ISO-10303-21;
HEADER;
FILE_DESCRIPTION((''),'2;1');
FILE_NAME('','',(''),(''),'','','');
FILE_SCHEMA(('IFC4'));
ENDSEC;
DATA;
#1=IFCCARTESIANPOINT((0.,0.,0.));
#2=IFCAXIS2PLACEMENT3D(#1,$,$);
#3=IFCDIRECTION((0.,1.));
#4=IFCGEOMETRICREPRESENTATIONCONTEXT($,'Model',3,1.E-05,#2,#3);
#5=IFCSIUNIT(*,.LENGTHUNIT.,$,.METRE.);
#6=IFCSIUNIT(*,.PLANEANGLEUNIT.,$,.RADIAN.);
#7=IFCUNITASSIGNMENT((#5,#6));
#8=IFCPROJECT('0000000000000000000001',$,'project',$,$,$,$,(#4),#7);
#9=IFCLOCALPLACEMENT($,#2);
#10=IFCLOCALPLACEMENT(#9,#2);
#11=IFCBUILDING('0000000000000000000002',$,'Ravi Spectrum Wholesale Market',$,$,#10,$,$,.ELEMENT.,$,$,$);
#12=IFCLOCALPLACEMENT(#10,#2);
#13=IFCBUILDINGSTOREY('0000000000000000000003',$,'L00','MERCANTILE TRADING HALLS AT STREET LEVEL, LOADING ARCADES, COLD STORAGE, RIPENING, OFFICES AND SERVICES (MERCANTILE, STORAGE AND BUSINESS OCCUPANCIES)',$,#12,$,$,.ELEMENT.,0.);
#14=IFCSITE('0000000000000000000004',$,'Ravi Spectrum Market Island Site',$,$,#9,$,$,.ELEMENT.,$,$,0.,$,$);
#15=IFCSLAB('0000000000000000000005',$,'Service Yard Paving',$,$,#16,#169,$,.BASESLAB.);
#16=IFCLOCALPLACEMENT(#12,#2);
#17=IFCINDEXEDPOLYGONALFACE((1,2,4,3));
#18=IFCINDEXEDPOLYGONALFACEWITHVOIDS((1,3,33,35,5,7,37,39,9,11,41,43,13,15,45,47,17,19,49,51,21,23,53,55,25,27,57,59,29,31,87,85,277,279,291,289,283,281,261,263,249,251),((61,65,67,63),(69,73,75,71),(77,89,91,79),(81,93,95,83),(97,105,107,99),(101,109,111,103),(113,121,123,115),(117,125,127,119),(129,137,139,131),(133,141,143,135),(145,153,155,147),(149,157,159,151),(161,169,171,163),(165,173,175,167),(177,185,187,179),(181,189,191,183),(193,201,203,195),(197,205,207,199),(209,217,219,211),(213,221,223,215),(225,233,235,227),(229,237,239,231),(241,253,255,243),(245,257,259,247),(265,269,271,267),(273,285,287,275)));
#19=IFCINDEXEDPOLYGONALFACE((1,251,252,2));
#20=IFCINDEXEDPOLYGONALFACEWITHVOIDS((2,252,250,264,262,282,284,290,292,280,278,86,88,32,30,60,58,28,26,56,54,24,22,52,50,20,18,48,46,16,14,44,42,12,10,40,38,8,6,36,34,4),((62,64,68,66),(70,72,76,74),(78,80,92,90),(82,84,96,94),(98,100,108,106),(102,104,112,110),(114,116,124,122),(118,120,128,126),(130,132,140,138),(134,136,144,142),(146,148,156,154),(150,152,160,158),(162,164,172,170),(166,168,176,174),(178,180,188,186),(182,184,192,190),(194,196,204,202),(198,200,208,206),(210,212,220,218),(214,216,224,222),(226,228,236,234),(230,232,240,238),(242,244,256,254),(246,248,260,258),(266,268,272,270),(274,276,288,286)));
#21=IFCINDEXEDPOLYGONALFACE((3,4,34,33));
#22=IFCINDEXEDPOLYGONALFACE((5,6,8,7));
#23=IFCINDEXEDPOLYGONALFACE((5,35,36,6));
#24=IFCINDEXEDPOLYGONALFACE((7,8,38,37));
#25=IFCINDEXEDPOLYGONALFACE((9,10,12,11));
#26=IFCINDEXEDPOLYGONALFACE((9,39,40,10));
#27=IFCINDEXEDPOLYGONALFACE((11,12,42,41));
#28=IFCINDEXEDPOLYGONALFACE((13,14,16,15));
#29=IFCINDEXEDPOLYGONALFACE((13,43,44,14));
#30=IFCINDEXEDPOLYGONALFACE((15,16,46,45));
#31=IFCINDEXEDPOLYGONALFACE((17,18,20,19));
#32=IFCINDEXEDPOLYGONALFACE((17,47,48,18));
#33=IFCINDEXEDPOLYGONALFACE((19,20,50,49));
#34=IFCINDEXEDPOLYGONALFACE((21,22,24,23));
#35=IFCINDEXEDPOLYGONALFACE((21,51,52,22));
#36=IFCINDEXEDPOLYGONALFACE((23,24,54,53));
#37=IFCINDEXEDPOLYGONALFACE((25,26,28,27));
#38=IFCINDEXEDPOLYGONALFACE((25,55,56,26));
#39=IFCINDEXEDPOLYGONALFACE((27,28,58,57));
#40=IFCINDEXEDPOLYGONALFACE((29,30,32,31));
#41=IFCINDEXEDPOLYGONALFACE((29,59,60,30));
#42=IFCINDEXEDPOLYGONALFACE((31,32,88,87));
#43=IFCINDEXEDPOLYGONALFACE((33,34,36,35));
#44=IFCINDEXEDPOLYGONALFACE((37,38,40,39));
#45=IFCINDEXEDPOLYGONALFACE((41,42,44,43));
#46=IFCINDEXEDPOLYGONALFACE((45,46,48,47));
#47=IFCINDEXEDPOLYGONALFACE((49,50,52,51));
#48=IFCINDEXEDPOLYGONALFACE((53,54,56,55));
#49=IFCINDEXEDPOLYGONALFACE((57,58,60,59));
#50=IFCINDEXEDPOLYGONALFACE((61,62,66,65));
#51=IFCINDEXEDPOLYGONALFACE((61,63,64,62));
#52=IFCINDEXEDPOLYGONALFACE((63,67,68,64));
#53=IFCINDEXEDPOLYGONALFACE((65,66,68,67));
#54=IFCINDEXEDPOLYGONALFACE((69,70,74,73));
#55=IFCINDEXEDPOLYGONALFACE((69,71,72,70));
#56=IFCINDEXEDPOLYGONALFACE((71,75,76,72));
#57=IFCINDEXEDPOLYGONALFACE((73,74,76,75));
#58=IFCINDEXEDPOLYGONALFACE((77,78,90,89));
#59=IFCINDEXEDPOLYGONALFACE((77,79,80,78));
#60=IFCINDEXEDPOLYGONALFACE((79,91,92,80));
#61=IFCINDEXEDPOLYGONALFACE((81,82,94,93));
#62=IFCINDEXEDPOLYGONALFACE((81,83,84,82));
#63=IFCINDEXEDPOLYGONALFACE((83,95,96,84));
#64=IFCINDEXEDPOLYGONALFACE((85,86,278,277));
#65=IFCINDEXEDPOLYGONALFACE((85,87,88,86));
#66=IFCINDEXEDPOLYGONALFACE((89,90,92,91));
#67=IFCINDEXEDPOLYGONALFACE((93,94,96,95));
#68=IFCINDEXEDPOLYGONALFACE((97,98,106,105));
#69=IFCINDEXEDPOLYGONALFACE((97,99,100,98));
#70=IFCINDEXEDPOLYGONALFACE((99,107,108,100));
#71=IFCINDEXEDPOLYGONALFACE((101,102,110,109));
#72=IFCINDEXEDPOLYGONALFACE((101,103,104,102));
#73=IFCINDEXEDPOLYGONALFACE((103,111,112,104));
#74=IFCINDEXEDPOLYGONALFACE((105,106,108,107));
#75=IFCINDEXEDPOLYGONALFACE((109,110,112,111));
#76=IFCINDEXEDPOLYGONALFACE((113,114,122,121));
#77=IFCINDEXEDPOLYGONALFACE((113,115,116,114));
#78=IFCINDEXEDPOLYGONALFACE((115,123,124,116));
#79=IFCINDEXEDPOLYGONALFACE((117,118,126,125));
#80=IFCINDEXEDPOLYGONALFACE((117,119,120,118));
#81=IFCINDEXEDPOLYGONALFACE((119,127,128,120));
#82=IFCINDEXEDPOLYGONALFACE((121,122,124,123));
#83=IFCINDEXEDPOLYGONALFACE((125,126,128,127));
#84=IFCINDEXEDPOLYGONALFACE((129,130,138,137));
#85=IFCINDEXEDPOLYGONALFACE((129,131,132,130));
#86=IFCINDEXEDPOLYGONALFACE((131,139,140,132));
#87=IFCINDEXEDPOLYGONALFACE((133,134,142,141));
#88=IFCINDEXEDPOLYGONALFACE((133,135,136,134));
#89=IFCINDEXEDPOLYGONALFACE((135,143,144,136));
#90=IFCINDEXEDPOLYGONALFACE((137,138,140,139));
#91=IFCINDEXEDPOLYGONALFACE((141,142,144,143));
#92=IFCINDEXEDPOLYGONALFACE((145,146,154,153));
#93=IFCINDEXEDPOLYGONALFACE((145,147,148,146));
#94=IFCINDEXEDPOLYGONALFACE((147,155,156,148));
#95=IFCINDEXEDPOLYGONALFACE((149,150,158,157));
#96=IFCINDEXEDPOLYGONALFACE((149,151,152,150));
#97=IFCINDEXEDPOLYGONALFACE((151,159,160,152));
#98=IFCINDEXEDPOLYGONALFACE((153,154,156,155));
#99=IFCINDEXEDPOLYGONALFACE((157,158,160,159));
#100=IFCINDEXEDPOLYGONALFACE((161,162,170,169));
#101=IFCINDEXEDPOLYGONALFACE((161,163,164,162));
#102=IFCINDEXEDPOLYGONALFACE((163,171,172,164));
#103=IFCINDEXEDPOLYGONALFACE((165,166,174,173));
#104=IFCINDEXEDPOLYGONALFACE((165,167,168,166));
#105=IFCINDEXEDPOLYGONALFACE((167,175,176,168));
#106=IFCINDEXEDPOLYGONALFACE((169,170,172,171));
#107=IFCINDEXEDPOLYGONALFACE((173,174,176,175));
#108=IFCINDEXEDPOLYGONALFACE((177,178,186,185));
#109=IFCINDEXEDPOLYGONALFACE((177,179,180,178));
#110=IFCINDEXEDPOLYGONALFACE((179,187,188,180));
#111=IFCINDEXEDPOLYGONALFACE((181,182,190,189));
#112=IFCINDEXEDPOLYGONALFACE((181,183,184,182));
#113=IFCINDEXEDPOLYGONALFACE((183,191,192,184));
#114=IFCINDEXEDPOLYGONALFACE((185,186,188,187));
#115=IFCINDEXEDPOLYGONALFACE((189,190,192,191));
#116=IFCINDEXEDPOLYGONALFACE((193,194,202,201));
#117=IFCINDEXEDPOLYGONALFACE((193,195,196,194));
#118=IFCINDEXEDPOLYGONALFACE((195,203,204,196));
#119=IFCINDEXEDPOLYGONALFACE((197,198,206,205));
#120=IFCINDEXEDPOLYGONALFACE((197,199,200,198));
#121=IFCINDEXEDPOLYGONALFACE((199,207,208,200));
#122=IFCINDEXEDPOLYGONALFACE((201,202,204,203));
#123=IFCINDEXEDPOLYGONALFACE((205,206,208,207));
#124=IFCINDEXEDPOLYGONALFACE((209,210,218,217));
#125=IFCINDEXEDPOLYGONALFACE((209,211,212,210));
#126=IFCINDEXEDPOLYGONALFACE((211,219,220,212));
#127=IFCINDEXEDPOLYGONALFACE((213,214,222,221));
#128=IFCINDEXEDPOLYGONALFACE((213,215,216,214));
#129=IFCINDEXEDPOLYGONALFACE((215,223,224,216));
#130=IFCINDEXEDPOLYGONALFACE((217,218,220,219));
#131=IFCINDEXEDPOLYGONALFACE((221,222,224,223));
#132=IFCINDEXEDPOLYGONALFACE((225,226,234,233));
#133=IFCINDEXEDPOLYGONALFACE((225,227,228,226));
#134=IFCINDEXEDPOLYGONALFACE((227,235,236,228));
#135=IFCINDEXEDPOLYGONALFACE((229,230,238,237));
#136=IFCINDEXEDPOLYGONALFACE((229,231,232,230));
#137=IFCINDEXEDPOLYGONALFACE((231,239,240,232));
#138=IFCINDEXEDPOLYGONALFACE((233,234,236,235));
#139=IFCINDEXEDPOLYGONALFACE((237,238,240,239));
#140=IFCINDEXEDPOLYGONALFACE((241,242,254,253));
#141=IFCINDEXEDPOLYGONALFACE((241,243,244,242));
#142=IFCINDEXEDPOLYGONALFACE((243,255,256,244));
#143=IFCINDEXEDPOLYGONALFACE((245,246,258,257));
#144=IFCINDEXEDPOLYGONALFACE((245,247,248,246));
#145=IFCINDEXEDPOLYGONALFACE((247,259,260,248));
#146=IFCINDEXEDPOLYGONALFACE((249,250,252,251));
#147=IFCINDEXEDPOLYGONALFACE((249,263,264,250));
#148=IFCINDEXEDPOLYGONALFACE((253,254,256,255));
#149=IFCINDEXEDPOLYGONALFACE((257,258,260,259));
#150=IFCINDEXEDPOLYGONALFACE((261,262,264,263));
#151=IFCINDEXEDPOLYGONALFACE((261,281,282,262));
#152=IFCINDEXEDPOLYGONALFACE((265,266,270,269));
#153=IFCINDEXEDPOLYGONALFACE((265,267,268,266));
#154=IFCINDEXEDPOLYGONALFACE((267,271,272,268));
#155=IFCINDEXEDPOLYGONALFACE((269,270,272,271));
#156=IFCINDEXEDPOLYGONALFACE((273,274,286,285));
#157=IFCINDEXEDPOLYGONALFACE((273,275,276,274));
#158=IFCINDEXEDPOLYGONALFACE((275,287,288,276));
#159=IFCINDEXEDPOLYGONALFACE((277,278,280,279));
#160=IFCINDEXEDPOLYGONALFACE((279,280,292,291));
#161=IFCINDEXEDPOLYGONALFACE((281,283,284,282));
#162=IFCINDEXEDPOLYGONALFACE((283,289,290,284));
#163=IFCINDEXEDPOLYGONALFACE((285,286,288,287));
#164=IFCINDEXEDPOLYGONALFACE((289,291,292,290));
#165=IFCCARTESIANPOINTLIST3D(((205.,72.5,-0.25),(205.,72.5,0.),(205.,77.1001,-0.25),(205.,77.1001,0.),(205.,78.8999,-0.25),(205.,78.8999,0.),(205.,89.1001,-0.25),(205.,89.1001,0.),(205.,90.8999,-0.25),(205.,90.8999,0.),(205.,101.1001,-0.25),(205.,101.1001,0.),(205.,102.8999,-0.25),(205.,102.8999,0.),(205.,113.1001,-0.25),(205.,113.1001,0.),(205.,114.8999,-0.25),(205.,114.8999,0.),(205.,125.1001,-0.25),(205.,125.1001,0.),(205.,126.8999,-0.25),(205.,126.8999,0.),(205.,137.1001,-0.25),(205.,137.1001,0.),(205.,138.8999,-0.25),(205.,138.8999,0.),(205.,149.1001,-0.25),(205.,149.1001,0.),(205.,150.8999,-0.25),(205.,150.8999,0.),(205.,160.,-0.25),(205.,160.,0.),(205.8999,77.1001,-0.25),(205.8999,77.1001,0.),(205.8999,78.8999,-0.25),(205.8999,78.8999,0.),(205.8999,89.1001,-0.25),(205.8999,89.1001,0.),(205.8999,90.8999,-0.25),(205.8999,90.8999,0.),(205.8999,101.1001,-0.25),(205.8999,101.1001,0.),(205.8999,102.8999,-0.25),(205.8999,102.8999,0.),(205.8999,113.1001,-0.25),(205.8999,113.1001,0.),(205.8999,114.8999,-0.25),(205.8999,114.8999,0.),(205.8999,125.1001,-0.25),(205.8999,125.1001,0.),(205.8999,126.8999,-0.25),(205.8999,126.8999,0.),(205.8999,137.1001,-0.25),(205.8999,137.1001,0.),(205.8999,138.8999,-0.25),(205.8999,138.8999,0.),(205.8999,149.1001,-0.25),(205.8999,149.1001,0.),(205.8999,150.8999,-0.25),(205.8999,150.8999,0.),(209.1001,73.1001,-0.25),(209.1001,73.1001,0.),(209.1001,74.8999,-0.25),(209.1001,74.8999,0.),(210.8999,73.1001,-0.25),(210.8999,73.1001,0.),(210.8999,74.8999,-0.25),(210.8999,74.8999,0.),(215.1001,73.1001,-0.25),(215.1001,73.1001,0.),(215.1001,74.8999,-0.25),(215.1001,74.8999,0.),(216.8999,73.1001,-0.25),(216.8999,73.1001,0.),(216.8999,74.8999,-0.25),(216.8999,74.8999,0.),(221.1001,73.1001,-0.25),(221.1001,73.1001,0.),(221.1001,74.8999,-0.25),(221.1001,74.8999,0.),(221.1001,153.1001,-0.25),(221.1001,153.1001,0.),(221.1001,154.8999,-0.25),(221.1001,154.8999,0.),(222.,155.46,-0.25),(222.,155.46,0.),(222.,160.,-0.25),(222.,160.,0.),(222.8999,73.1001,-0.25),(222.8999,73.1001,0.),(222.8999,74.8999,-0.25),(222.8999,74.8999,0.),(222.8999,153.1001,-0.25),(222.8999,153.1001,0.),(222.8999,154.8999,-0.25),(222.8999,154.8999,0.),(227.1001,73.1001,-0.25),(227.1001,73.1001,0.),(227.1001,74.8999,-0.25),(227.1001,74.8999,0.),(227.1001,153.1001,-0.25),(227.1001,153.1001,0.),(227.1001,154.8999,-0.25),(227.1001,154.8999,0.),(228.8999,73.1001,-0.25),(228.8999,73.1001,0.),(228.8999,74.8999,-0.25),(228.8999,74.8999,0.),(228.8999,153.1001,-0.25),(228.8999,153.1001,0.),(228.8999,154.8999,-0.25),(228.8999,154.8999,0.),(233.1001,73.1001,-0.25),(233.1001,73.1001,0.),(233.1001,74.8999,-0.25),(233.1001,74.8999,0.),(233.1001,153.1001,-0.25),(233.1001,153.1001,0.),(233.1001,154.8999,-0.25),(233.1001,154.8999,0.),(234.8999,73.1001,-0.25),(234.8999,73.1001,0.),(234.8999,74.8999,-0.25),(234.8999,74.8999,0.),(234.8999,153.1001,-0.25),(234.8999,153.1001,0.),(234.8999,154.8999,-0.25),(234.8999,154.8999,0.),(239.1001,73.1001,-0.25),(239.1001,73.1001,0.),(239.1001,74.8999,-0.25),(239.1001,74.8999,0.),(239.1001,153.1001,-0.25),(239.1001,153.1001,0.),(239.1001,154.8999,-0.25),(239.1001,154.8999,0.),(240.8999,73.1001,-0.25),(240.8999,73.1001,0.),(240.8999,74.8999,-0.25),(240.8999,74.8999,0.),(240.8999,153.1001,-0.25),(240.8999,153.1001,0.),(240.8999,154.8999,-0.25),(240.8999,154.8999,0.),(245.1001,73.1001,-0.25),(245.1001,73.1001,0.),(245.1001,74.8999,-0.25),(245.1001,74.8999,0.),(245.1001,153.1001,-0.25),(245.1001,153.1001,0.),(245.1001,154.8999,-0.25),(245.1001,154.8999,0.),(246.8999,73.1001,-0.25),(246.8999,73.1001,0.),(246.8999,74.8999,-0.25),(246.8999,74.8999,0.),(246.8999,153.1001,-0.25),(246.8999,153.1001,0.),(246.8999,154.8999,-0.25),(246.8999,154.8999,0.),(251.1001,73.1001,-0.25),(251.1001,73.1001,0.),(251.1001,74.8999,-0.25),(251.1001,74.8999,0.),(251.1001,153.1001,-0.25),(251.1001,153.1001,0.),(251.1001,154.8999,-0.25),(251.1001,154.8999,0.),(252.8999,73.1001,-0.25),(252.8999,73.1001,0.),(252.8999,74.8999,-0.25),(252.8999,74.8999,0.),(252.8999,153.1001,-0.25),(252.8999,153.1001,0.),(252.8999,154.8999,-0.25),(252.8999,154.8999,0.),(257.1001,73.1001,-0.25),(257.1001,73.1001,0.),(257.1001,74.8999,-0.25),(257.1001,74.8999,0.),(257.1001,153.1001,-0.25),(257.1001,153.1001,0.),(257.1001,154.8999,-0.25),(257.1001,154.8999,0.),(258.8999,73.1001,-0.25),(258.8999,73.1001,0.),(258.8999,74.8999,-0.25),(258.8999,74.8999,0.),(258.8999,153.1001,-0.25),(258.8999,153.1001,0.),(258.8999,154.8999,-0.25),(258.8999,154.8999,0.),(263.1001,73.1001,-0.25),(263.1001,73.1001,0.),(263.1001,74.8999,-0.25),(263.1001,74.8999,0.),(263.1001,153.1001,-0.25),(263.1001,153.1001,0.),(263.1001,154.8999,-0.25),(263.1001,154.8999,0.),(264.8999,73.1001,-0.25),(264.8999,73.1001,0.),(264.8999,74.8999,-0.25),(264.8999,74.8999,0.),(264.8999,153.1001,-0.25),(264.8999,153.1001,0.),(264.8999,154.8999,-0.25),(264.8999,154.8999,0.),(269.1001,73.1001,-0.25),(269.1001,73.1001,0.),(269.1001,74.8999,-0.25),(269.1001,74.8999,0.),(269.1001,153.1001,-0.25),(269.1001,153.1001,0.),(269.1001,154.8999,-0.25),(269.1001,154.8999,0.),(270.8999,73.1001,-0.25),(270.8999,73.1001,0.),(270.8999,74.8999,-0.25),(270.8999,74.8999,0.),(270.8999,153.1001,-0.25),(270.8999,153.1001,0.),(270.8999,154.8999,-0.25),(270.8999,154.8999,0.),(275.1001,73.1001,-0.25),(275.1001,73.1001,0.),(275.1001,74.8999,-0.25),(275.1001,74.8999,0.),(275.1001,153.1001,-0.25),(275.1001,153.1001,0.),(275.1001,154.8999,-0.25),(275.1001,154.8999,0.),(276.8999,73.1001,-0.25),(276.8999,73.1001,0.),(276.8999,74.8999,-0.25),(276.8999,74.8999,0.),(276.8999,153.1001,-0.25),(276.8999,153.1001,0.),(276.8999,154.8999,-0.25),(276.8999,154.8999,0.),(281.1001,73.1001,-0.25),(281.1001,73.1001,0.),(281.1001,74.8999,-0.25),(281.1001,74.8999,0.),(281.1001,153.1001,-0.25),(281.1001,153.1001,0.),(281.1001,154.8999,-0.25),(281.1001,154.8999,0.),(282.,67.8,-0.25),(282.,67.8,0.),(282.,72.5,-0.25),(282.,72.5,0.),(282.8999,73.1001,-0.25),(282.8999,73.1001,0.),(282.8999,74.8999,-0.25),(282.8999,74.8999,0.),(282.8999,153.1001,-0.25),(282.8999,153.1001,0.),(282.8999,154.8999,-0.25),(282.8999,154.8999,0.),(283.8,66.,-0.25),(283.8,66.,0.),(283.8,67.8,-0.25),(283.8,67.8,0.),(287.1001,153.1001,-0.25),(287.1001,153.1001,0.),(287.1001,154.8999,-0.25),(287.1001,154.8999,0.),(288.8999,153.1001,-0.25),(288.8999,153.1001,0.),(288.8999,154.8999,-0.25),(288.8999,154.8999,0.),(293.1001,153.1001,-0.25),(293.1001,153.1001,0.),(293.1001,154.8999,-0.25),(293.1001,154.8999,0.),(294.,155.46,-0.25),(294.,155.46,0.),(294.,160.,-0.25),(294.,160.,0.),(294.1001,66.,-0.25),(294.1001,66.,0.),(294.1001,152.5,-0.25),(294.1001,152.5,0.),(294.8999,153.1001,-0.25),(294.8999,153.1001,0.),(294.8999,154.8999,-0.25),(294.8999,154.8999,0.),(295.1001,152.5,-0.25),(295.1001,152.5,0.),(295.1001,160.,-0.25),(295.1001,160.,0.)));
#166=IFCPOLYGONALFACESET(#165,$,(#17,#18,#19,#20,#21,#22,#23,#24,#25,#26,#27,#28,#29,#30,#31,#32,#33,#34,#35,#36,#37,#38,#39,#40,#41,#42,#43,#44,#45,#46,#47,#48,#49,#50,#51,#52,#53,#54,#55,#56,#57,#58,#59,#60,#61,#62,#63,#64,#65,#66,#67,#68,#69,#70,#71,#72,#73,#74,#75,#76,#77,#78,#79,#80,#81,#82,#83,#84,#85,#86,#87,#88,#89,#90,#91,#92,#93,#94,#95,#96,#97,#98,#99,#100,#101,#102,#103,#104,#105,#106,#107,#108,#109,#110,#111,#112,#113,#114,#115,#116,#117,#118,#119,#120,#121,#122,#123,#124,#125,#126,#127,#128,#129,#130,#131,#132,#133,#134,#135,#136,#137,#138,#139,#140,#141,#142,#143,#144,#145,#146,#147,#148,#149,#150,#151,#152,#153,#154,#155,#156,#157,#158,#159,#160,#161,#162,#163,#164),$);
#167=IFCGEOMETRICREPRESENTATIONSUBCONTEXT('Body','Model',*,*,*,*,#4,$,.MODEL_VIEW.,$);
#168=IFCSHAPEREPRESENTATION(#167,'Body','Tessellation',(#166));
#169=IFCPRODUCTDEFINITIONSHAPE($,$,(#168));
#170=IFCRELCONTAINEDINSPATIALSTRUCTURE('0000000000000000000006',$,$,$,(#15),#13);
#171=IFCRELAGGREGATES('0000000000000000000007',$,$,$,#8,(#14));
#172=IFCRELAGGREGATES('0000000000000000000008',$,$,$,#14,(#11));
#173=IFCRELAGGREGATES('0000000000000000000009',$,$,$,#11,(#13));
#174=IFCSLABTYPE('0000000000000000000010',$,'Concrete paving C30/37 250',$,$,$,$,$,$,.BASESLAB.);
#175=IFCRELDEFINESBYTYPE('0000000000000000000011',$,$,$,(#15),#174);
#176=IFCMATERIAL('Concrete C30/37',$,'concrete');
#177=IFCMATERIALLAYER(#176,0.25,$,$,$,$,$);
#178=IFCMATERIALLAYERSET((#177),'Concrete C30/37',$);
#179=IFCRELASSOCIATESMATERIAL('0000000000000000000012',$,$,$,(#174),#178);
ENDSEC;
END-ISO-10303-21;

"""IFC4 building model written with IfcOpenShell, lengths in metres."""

from ifc_helpers import new_model, si_unit, direction, frame, origin, place, context, subcontext, project, spatial, polyline, outline, extrude, material, layer, layer_set, type_object, element, save


model = new_model("IFC4")

# Units and contexts
model_context = context("Model", 3, precision=1e-05, world=origin(), true_north=direction((0.0, 1.0)))
body_context = subcontext(model_context, "Body", "Model", "MODEL_VIEW")
ifc_project = project(units=[si_unit("LENGTHUNIT", "METRE"), si_unit("PLANEANGLEUNIT", "RADIAN")], contexts=[model_context])

# Site, building, storey
site_placement = place(None, origin())
site = spatial("IfcSite", under=ifc_project, at=site_placement, Name="Ravi Spectrum Market Island Site", CompositionType="ELEMENT", RefElevation=0.0)
building_placement = place(site_placement, origin())
building = spatial("IfcBuilding", under=site, at=building_placement, Name="Ravi Spectrum Wholesale Market", CompositionType="ELEMENT")
storey_placement = place(building_placement, origin())
storey = spatial("IfcBuildingStorey", under=building, at=storey_placement, Name="L00", Description="MERCANTILE TRADING HALLS AT STREET LEVEL, LOADING ARCADES, COLD STORAGE, RIPENING, OFFICES AND SERVICES (MERCANTILE, STORAGE AND BUSINESS OCCUPANCIES)", CompositionType="ELEMENT", Elevation=0.0)

# Slab
ifc_material_1 = material(Name="Concrete C30/37", Category="concrete")
ifc_layer_1 = layer(ifc_material_1, 0.25)
ifc_layer_set_1 = layer_set([ifc_layer_1], Name="Concrete C30/37")
slab_type_1 = type_object("IfcSlabType", Name="Concrete paving C30/37 250", PredefinedType="BASESLAB", material=ifc_layer_set_1)
slab_1_placement = place(storey_placement, frame((0.0, 0.0, -0.25)))
element("IfcSlab", 1, at=slab_1_placement, inside=storey, type_object=slab_type_1, Name="Service Yard Paving", PredefinedType="BASESLAB", context=body_context, shape_type="SweptSolid", body=[
    extrude(outline(polyline([(205.8999, 77.1001), (205.0, 77.1001), (205.0, 72.5), (282.0, 72.5), (282.0, 67.8), (283.8, 67.8), (283.8, 66.0), (294.1001, 66.0), (294.1001, 152.5), (295.1001, 152.5), (295.1001, 160.0), (294.0, 160.0), (294.0, 155.46), (222.0, 155.46), (222.0, 160.0), (205.0, 160.0), (205.0, 150.8999), (205.8999, 150.8999), (205.8999, 149.1001), (205.0, 149.1001), (205.0, 138.8999), (205.8999, 138.8999), (205.8999, 137.1001), (205.0, 137.1001), (205.0, 126.8999), (205.8999, 126.8999), (205.8999, 125.1001), (205.0, 125.1001), (205.0, 114.8999), (205.8999, 114.8999), (205.8999, 113.1001), (205.0, 113.1001), (205.0, 102.8999), (205.8999, 102.8999), (205.8999, 101.1001), (205.0, 101.1001), (205.0, 90.8999), (205.8999, 90.8999), (205.8999, 89.1001), (205.0, 89.1001), (205.0, 78.8999), (205.8999, 78.8999), (205.8999, 77.1001)]), holes=[polyline([(294.8999, 153.1001), (293.1001, 153.1001), (293.1001, 154.8999), (294.8999, 154.8999), (294.8999, 153.1001)]), polyline([(287.1001, 153.1001), (287.1001, 154.8999), (288.8999, 154.8999), (288.8999, 153.1001), (287.1001, 153.1001)]), polyline([(282.8999, 153.1001), (281.1001, 153.1001), (281.1001, 154.8999), (282.8999, 154.8999), (282.8999, 153.1001)]), polyline([(281.1001, 73.1001), (281.1001, 74.8999), (282.8999, 74.8999), (282.8999, 73.1001), (281.1001, 73.1001)]), polyline([(275.1001, 153.1001), (275.1001, 154.8999), (276.8999, 154.8999), (276.8999, 153.1001), (275.1001, 153.1001)]), polyline([(275.1001, 73.1001), (275.1001, 74.8999), (276.8999, 74.8999), (276.8999, 73.1001), (275.1001, 73.1001)]), polyline([(269.1001, 153.1001), (269.1001, 154.8999), (270.8999, 154.8999), (270.8999, 153.1001), (269.1001, 153.1001)]), polyline([(270.8999, 73.1001), (269.1001, 73.1001), (269.1001, 74.8999), (270.8999, 74.8999), (270.8999, 73.1001)]), polyline([(263.1001, 153.1001), (263.1001, 154.8999), (264.8999, 154.8999), (264.8999, 153.1001), (263.1001, 153.1001)]), polyline([(263.1001, 73.1001), (263.1001, 74.8999), (264.8999, 74.8999), (264.8999, 73.1001), (263.1001, 73.1001)]), polyline([(257.1001, 153.1001), (257.1001, 154.8999), (258.8999, 154.8999), (258.8999, 153.1001), (257.1001, 153.1001)]), polyline([(257.1001, 73.1001), (257.1001, 74.8999), (258.8999, 74.8999), (258.8999, 73.1001), (257.1001, 73.1001)]), polyline([(251.1001, 73.1001), (251.1001, 74.8999), (252.8999, 74.8999), (252.8999, 73.1001), (251.1001, 73.1001)]), polyline([(252.8999, 153.1001), (251.1001, 153.1001), (251.1001, 154.8999), (252.8999, 154.8999), (252.8999, 153.1001)]), polyline([(245.1001, 153.1001), (245.1001, 154.8999), (246.8999, 154.8999), (246.8999, 153.1001), (245.1001, 153.1001)]), polyline([(246.8999, 73.1001), (245.1001, 73.1001), (245.1001, 74.8999), (246.8999, 74.8999), (246.8999, 73.1001)]), polyline([(240.8999, 153.1001), (239.1001, 153.1001), (239.1001, 154.8999), (240.8999, 154.8999), (240.8999, 153.1001)]), polyline([(239.1001, 73.1001), (239.1001, 74.8999), (240.8999, 74.8999), (240.8999, 73.1001), (239.1001, 73.1001)]), polyline([(234.8999, 153.1001), (233.1001, 153.1001), (233.1001, 154.8999), (234.8999, 154.8999), (234.8999, 153.1001)]), polyline([(233.1001, 73.1001), (233.1001, 74.8999), (234.8999, 74.8999), (234.8999, 73.1001), (233.1001, 73.1001)]), polyline([(227.1001, 153.1001), (227.1001, 154.8999), (228.8999, 154.8999), (228.8999, 153.1001), (227.1001, 153.1001)]), polyline([(228.8999, 73.1001), (227.1001, 73.1001), (227.1001, 74.8999), (228.8999, 74.8999), (228.8999, 73.1001)]), polyline([(222.8999, 153.1001), (221.1001, 153.1001), (221.1001, 154.8999), (222.8999, 154.8999), (222.8999, 153.1001)]), polyline([(221.1001, 73.1001), (221.1001, 74.8999), (222.8999, 74.8999), (222.8999, 73.1001), (221.1001, 73.1001)]), polyline([(216.8999, 73.1001), (215.1001, 73.1001), (215.1001, 74.8999), (216.8999, 74.8999), (216.8999, 73.1001)]), polyline([(209.1001, 73.1001), (209.1001, 74.8999), (210.8999, 74.8999), (210.8999, 73.1001), (209.1001, 73.1001)])]), origin(), (0.0, 0.0, 1.0), 0.25),
])

save(model, "model.ifc")
